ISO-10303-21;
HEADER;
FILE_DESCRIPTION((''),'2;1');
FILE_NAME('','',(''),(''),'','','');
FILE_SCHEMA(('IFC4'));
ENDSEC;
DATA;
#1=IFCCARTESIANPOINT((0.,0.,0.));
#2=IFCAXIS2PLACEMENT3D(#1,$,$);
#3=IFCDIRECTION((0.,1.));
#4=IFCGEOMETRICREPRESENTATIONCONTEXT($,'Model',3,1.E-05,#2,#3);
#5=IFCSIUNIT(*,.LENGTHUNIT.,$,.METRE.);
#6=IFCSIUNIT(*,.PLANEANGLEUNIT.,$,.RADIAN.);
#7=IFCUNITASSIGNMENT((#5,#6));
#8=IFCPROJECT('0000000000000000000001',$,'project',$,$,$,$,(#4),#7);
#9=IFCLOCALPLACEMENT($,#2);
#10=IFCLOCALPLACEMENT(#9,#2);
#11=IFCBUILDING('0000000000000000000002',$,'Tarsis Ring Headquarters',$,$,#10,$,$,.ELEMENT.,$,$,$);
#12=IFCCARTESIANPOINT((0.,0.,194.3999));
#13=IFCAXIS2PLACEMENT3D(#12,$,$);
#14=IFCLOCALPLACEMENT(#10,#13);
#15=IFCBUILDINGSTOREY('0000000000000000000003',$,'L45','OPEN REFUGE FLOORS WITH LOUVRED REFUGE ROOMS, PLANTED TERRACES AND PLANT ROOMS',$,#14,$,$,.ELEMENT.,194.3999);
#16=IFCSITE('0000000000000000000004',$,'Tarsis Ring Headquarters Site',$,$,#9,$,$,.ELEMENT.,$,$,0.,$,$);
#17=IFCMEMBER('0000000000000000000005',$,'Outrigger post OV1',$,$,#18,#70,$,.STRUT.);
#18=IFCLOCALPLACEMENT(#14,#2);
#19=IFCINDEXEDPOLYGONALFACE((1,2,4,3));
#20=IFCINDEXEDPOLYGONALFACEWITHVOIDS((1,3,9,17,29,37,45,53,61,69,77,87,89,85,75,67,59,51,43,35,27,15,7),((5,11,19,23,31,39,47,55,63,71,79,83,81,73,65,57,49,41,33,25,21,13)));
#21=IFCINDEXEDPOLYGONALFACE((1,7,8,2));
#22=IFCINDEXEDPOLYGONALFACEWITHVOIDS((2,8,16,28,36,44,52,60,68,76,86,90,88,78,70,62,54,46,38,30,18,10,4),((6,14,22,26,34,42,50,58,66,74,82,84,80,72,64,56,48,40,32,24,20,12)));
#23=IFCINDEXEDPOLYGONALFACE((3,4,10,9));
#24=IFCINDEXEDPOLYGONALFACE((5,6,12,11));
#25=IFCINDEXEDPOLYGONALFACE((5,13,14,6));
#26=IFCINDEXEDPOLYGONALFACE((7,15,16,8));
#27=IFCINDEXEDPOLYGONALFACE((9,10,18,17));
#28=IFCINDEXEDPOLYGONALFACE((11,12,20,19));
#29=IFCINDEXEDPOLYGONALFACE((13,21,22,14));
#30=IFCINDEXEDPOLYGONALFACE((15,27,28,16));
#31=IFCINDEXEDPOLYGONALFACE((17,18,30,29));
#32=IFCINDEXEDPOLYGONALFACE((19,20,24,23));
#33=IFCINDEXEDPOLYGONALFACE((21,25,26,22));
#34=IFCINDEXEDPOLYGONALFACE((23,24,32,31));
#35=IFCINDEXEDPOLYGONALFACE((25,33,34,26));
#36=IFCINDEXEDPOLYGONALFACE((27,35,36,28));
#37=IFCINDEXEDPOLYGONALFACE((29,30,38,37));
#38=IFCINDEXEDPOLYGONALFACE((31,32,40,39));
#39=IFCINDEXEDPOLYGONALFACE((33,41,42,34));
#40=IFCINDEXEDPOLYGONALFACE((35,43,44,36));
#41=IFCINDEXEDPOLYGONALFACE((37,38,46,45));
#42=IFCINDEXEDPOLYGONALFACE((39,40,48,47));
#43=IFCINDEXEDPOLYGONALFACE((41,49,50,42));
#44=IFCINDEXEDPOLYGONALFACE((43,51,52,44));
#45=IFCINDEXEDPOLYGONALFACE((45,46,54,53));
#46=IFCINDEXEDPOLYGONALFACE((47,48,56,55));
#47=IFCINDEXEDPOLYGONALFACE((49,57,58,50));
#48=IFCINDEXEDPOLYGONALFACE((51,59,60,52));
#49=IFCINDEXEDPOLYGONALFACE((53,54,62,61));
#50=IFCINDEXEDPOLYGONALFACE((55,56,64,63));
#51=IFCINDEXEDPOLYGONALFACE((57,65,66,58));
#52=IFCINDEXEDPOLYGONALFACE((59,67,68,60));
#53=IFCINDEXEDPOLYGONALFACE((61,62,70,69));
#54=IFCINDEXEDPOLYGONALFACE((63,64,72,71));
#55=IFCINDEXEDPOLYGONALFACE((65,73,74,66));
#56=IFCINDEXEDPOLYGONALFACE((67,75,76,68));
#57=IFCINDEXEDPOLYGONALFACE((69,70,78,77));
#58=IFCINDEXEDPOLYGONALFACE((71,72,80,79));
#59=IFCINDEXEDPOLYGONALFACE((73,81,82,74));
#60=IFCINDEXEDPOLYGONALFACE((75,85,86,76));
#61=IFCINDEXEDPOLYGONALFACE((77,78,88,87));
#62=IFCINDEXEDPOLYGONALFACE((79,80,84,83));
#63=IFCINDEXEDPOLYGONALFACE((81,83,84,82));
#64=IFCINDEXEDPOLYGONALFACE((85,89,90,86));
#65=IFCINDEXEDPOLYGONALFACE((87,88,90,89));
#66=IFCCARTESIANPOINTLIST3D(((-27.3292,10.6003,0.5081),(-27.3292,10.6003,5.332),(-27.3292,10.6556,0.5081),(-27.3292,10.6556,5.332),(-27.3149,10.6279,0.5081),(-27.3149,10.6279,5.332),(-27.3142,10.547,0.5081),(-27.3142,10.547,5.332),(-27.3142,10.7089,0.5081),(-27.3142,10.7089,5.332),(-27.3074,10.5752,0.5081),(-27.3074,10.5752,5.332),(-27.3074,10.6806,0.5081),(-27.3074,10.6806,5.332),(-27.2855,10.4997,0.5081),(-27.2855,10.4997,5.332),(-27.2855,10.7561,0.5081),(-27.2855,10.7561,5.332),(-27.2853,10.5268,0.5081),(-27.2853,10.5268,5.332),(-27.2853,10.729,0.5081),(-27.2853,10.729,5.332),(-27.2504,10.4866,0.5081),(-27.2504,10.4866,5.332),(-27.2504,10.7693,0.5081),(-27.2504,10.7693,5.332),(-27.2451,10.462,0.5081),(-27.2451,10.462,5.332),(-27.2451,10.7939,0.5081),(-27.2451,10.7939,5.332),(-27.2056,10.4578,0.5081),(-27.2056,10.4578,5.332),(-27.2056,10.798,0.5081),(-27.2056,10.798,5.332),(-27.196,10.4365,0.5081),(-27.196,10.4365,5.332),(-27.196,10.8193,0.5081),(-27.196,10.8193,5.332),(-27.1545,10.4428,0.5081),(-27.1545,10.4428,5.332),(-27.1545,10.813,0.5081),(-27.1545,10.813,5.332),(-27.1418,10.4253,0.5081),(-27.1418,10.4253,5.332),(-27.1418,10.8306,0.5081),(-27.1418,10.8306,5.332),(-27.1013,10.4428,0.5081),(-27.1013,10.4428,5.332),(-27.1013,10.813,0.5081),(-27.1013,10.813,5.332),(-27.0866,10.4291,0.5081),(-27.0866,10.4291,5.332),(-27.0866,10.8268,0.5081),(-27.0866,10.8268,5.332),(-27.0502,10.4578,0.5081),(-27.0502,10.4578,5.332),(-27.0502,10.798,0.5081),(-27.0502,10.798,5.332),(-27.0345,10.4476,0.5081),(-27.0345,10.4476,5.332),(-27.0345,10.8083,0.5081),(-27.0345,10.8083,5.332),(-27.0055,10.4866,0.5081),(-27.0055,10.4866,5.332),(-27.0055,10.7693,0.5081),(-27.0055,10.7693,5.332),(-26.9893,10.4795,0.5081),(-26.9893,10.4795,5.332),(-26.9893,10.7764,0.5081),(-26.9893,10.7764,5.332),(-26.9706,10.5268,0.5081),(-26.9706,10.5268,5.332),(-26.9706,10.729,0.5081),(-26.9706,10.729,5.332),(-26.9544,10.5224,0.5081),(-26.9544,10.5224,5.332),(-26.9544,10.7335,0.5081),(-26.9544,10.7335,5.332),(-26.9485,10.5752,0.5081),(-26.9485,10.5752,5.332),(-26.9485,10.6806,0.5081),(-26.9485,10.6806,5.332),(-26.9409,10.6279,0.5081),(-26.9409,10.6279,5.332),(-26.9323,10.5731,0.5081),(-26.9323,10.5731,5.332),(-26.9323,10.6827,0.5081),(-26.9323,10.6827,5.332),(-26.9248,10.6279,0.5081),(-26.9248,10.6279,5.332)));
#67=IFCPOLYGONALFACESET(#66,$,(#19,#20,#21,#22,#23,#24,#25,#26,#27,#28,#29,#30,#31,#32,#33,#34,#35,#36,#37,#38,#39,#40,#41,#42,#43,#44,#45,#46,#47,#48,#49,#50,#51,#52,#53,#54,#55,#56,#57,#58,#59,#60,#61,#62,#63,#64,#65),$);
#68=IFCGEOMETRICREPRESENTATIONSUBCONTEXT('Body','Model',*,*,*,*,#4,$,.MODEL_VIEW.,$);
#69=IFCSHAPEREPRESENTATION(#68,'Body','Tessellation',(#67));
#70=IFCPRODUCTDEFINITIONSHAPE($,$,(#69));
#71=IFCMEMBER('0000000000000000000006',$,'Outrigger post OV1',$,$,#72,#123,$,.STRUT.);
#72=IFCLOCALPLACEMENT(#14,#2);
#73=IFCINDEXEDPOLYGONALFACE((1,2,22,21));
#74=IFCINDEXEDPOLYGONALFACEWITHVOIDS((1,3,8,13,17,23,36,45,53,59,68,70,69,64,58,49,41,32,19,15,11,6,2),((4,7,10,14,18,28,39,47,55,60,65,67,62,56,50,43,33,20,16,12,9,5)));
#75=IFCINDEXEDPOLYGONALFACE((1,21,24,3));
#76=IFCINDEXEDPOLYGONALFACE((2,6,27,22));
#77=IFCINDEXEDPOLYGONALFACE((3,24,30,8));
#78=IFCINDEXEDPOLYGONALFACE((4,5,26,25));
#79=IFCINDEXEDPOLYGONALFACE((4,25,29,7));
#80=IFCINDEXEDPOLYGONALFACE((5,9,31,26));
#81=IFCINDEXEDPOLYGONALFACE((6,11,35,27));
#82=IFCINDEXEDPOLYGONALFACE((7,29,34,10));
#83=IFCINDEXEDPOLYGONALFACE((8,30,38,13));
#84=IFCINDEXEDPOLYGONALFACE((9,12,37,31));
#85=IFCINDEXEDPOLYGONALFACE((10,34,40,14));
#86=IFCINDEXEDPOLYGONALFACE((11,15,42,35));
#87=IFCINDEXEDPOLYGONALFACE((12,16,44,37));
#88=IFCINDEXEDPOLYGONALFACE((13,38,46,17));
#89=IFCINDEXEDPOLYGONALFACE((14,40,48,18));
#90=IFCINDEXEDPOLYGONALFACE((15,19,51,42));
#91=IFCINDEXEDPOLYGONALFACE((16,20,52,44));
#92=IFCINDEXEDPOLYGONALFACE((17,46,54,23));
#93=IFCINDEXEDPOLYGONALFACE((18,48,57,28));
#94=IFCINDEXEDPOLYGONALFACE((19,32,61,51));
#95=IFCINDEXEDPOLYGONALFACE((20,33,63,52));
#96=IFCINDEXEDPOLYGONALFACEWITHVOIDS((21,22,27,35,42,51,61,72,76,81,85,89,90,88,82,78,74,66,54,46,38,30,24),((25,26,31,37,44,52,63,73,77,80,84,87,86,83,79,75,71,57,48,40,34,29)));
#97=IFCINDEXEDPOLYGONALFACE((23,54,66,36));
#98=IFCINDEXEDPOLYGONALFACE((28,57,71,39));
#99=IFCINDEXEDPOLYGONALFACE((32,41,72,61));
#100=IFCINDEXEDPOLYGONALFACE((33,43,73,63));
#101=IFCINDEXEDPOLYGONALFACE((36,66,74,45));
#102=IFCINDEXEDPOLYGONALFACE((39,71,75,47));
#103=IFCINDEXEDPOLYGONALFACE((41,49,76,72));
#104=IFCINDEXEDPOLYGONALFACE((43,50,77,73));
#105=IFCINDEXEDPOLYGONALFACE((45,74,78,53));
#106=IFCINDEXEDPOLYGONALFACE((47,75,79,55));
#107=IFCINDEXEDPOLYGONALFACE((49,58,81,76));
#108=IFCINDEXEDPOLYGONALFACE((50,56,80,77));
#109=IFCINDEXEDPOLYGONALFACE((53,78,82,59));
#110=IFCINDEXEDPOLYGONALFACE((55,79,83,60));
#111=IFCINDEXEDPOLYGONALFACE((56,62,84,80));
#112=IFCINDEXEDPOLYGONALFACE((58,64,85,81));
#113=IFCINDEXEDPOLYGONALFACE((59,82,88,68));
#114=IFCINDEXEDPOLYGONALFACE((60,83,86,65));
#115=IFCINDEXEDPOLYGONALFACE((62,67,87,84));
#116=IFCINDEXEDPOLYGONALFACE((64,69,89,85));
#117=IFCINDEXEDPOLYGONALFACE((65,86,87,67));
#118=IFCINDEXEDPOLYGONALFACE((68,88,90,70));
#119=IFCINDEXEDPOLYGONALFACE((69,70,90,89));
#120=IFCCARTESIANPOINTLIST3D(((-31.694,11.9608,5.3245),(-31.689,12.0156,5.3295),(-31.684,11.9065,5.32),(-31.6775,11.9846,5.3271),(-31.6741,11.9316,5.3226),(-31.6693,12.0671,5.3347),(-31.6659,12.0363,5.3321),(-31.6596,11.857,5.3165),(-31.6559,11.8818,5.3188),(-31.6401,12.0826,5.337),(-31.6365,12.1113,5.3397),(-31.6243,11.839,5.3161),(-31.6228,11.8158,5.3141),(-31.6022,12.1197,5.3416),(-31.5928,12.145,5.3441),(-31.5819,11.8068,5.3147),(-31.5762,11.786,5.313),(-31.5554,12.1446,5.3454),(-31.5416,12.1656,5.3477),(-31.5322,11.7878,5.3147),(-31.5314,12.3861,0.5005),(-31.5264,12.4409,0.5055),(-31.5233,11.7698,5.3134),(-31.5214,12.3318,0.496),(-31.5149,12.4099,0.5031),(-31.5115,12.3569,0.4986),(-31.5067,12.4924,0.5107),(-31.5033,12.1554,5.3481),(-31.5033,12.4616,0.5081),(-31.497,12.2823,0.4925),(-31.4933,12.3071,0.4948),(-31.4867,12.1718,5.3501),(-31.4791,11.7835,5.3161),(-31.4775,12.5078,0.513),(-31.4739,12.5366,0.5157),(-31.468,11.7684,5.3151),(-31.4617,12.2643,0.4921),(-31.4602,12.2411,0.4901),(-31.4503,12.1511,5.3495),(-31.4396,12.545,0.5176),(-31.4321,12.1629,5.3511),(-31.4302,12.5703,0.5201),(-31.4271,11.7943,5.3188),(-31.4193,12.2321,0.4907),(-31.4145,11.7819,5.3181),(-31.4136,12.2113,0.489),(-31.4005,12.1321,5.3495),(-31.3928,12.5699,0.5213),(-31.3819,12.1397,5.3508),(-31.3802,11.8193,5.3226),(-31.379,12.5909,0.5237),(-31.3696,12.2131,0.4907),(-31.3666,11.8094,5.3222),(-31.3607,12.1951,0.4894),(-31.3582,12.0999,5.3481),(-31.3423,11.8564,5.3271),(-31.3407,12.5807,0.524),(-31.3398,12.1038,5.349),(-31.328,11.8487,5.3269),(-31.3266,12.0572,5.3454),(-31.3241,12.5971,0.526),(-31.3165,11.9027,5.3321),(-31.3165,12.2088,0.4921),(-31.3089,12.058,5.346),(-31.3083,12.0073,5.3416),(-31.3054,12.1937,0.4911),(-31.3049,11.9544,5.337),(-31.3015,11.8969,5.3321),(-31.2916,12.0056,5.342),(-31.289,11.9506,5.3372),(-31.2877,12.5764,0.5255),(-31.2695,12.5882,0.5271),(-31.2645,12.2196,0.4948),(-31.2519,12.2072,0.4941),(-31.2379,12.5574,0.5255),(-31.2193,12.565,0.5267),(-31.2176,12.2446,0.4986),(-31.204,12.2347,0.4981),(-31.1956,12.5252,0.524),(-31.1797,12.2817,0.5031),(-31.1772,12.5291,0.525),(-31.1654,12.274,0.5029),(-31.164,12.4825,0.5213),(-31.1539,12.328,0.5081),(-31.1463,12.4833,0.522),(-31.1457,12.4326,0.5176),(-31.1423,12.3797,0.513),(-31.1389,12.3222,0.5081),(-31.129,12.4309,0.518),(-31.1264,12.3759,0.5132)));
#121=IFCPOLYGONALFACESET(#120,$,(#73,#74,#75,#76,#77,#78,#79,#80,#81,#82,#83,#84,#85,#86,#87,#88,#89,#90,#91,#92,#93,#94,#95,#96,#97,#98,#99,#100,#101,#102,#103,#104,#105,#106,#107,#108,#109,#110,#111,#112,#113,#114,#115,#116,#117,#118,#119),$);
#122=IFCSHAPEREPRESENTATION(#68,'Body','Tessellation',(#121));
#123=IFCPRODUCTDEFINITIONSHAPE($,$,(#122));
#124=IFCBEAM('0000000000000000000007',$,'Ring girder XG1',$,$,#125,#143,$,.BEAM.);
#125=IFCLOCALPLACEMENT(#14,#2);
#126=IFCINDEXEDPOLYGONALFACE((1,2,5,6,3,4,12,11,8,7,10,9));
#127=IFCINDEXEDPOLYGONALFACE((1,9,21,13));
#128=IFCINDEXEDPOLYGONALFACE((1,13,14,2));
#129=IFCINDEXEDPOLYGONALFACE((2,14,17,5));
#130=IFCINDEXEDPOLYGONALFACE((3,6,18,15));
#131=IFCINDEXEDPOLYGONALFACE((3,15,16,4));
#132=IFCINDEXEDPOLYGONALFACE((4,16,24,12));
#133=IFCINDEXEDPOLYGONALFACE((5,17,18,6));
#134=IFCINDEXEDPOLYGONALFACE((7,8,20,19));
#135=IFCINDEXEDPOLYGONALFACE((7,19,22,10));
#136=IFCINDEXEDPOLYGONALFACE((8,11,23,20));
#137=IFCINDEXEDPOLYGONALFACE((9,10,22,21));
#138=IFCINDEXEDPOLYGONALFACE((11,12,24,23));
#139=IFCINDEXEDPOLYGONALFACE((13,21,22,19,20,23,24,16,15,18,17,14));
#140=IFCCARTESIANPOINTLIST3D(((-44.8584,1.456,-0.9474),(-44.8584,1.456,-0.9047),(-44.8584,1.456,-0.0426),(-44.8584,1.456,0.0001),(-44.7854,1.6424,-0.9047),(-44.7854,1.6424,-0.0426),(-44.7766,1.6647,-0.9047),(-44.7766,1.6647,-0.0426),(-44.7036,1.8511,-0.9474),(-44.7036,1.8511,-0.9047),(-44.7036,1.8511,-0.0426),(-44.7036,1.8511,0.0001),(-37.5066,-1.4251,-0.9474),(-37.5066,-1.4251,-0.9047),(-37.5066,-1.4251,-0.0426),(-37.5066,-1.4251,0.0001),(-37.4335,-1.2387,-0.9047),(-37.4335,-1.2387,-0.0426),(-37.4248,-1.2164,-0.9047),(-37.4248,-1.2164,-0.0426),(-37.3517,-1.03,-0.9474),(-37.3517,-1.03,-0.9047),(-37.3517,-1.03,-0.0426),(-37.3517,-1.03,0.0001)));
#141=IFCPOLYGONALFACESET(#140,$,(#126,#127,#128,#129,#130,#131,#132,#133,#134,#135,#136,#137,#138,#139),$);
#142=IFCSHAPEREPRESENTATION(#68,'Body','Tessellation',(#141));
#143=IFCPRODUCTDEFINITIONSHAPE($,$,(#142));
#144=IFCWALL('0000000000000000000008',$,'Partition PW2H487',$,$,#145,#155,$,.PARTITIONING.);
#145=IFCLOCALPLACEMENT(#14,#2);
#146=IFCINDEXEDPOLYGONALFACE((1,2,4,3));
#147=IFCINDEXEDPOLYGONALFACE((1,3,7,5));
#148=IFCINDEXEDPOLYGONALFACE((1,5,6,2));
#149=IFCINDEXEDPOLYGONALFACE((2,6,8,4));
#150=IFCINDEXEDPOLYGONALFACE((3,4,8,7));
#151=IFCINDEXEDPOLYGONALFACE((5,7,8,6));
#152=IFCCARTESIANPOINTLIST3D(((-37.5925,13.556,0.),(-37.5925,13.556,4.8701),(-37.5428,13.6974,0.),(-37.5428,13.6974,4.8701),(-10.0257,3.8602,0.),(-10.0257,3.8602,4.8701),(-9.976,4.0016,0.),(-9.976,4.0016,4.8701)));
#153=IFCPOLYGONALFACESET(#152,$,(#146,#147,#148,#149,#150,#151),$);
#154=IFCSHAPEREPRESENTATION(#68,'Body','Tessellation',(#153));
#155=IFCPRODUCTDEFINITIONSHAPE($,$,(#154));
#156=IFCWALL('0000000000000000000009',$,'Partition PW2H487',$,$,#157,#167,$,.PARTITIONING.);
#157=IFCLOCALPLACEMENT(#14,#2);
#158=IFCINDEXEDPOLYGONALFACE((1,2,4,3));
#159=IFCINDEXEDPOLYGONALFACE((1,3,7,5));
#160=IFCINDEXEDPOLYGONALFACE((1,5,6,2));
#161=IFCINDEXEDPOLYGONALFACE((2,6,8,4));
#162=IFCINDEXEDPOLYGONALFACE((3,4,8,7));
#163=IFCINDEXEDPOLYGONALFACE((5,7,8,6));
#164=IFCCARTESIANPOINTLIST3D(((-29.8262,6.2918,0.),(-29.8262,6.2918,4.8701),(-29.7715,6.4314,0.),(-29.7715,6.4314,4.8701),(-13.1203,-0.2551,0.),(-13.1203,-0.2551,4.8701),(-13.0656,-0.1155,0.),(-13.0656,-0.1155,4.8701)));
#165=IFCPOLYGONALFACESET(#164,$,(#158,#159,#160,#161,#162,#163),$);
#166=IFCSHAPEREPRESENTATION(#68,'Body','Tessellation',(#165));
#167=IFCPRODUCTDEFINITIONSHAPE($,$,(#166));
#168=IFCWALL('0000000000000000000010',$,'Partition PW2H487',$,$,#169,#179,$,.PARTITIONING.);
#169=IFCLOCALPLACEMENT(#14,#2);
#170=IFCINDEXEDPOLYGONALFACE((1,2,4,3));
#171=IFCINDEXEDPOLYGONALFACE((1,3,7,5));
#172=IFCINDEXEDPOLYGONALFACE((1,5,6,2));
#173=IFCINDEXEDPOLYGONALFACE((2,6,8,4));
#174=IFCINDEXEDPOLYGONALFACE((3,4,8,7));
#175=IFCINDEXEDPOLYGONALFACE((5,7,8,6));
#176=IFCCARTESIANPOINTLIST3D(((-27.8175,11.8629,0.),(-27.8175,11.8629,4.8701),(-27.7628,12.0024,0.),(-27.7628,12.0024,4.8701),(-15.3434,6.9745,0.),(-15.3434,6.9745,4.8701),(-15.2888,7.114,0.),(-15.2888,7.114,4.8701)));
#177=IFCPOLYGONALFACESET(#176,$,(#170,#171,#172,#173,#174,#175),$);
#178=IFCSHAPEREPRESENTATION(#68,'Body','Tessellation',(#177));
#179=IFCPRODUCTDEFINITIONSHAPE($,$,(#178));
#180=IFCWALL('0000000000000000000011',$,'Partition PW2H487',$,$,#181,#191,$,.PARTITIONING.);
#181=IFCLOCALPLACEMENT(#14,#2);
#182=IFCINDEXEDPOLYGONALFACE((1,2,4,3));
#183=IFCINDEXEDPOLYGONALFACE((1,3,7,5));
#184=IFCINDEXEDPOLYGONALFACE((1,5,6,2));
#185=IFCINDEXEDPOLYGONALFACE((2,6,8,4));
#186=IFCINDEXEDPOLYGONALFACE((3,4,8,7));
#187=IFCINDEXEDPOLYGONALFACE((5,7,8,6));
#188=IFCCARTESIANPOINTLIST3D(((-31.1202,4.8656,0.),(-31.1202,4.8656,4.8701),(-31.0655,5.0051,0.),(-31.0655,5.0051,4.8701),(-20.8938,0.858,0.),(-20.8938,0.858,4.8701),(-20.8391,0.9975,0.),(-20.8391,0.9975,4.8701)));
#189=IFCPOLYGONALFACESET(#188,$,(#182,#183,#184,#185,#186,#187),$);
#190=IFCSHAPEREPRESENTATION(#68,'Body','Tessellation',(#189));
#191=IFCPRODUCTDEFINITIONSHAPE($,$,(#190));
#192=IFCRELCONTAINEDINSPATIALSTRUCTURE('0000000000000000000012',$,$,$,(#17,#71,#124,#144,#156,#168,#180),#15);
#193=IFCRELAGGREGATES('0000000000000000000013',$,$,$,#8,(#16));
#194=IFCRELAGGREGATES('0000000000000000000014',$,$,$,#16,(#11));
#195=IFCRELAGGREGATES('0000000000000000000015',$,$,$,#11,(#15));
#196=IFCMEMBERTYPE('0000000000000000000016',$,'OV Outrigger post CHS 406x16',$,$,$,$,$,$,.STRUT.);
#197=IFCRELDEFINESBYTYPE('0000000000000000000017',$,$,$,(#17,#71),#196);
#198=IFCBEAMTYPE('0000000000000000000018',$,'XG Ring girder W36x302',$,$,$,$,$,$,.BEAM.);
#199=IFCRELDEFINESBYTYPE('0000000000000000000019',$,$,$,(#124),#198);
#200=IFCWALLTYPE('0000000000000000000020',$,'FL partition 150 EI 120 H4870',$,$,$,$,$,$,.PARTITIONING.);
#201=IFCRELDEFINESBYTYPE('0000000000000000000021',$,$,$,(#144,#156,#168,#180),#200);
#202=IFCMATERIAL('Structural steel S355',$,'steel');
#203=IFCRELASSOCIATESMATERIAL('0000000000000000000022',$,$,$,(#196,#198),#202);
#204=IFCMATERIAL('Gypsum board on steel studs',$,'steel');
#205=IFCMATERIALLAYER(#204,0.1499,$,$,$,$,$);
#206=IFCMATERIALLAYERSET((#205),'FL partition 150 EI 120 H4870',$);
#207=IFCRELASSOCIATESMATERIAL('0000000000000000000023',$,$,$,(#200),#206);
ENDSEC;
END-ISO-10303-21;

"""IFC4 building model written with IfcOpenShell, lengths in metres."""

from ifc_helpers import new_model, si_unit, direction, frame, frame_2d, origin, origin_2d, place, context, subcontext, project, spatial, rectangle, hollow_circle, i_section, extrude, material, layer, layer_set, material_profile, profile_set, type_object, element, save


model = new_model("IFC4")

# Units and contexts
model_context = context("Model", 3, precision=1e-05, world=origin(), true_north=direction((0.0, 1.0)))
body_context = subcontext(model_context, "Body", "Model", "MODEL_VIEW")
ifc_project = project(units=[si_unit("LENGTHUNIT", "METRE"), si_unit("PLANEANGLEUNIT", "RADIAN")], contexts=[model_context])

# Site, building, storey
site_placement = place(None, origin())
site = spatial("IfcSite", under=ifc_project, at=site_placement, Name="Tarsis Ring Headquarters Site", CompositionType="ELEMENT", RefElevation=0.0)
building_placement = place(site_placement, origin())
building = spatial("IfcBuilding", under=site, at=building_placement, Name="Tarsis Ring Headquarters", CompositionType="ELEMENT")
storey_placement = place(building_placement, frame((0.0, 0.0, 194.3999)))
storey = spatial("IfcBuildingStorey", under=building, at=storey_placement, Name="L45", Description="OPEN REFUGE FLOORS WITH LOUVRED REFUGE ROOMS, PLANTED TERRACES AND PLANT ROOMS", CompositionType="ELEMENT", Elevation=194.3999)

# Shared definitions
ifc_material_1 = material(Name="Structural steel S355", Category="steel")

# Members
ifc_material_profile_1 = material_profile(ifc_material_1, hollow_circle(Radius=0.2031, WallThickness=0.0161, at=origin_2d()), Name="CHS 406x16")
ifc_profile_set_1 = profile_set([ifc_material_profile_1], Name="Structural steel S355")
member_type_1 = type_object("IfcMemberType", Name="OV Outrigger post CHS 406x16", PredefinedType="STRUT", material=ifc_profile_set_1)
member_1_placement = place(storey_placement, frame((-27.1279, 10.6279, 0.5081), z_axis=(0.0, 0.0, 1.0), x_axis=(1.0, 0.0, 0.0)))
element("IfcMember", 1, at=member_1_placement, inside=storey, type_object=member_type_1, Name="Outrigger post OV1", PredefinedType="STRUT", context=body_context, shape_type="SweptSolid", body=[
    extrude(hollow_circle(Radius=0.2031, WallThickness=0.0161, at=origin_2d()), origin(), (0.0, 0.0, 1.0), 4.824),
])
member_2_placement = place(storey_placement, frame((-31.3286, 12.3948, 0.5081), z_axis=(-0.033557, -0.087772, 0.995575), x_axis=(0.934062, -0.35711, 0.0)))
element("IfcMember", 2, at=member_2_placement, inside=storey, type_object=member_type_1, Name="Outrigger post OV1", PredefinedType="STRUT", context=body_context, shape_type="SweptSolid", body=[
    extrude(hollow_circle(Radius=0.2031, WallThickness=0.0161, at=origin_2d()), origin(), (0.0, 0.0, 1.0), 4.8455),
])

# Beam
ifc_material_profile_2 = material_profile(ifc_material_1, i_section(OverallWidth=0.4243, OverallDepth=0.9475, WebThickness=0.0239, FlangeThickness=0.0427, at=origin_2d()), Name="W36x302")
ifc_profile_set_2 = profile_set([ifc_material_profile_2], Name="Structural steel S355")
beam_type = type_object("IfcBeamType", Name="XG Ring girder W36x302", PredefinedType="BEAM", material=ifc_profile_set_2)
beam_placement = place(storey_placement, frame((-44.781, 1.6536, -0.4736), z_axis=(0.931057, -0.364873, 0.0), x_axis=(0.364873, 0.931057, 0.0)))
element("IfcBeam", 3, at=beam_placement, inside=storey, type_object=beam_type, Name="Ring girder XG1", PredefinedType="BEAM", context=body_context, shape_type="SweptSolid", body=[
    extrude(i_section(OverallWidth=0.4243, OverallDepth=0.9475, WebThickness=0.0239, FlangeThickness=0.0427, at=origin_2d()), origin(), (0.0, 0.0, 1.0), 7.8962),
])

# Walls
ifc_material_2 = material(Name="Gypsum board on steel studs", Category="steel")
ifc_layer_1 = layer(ifc_material_2, 0.1499)
ifc_layer_set_1 = layer_set([ifc_layer_1], Name="FL partition 150 EI 120 H4870")
wall_type_1 = type_object("IfcWallType", Name="FL partition 150 EI 120 H4870", PredefinedType="PARTITIONING", material=ifc_layer_set_1)
wall_1_placement = place(storey_placement, frame((-37.5676, 13.6267, 0.0), z_axis=(0.0, 0.0, 1.0), x_axis=(0.943351, -0.331797, 0.0)))
element("IfcWall", 4, at=wall_1_placement, inside=storey, type_object=wall_type_1, Name="Partition PW2H487", PredefinedType="PARTITIONING", context=body_context, shape_type="SweptSolid", body=[
    extrude(rectangle(XDim=29.2222, YDim=0.1499, at=frame_2d((14.6111, 0.0))), origin(), (0.0, 0.0, 1.0), 4.8701),
])
wall_2_placement = place(storey_placement, frame((-29.7988, 6.3616, 0.0), z_axis=(0.0, 0.0, 1.0), x_axis=(0.931057, -0.364874, 0.0)))
element("IfcWall", 5, at=wall_2_placement, inside=storey, type_object=wall_type_1, Name="Partition PW2H487", PredefinedType="PARTITIONING", context=body_context, shape_type="SweptSolid", body=[
    extrude(rectangle(XDim=17.9429, YDim=0.1499, at=frame_2d((8.9714, 0.0))), origin(), (0.0, 0.0, 1.0), 4.8701),
])
wall_3_placement = place(storey_placement, frame((-27.79, 11.9326, 0.0), z_axis=(0.0, 0.0, 1.0), x_axis=(0.931059, -0.364869, 0.0)))
element("IfcWall", 6, at=wall_3_placement, inside=storey, type_object=wall_type_1, Name="Partition PW2H487", PredefinedType="PARTITIONING", context=body_context, shape_type="SweptSolid", body=[
    extrude(rectangle(XDim=13.3977, YDim=0.1499, at=frame_2d((6.6987, 0.0))), origin(), (0.0, 0.0, 1.0), 4.8701),
])
wall_4_placement = place(storey_placement, frame((-31.0928, 4.9353, 0.0), z_axis=(0.0, 0.0, 1.0), x_axis=(0.931058, -0.36487, 0.0)))
element("IfcWall", 7, at=wall_4_placement, inside=storey, type_object=wall_type_1, Name="Partition PW2H487", PredefinedType="PARTITIONING", context=body_context, shape_type="SweptSolid", body=[
    extrude(rectangle(XDim=10.9836, YDim=0.1499, at=frame_2d((5.4917, 0.0))), origin(), (0.0, 0.0, 1.0), 4.8701),
])

save(model, "model.ifc")
